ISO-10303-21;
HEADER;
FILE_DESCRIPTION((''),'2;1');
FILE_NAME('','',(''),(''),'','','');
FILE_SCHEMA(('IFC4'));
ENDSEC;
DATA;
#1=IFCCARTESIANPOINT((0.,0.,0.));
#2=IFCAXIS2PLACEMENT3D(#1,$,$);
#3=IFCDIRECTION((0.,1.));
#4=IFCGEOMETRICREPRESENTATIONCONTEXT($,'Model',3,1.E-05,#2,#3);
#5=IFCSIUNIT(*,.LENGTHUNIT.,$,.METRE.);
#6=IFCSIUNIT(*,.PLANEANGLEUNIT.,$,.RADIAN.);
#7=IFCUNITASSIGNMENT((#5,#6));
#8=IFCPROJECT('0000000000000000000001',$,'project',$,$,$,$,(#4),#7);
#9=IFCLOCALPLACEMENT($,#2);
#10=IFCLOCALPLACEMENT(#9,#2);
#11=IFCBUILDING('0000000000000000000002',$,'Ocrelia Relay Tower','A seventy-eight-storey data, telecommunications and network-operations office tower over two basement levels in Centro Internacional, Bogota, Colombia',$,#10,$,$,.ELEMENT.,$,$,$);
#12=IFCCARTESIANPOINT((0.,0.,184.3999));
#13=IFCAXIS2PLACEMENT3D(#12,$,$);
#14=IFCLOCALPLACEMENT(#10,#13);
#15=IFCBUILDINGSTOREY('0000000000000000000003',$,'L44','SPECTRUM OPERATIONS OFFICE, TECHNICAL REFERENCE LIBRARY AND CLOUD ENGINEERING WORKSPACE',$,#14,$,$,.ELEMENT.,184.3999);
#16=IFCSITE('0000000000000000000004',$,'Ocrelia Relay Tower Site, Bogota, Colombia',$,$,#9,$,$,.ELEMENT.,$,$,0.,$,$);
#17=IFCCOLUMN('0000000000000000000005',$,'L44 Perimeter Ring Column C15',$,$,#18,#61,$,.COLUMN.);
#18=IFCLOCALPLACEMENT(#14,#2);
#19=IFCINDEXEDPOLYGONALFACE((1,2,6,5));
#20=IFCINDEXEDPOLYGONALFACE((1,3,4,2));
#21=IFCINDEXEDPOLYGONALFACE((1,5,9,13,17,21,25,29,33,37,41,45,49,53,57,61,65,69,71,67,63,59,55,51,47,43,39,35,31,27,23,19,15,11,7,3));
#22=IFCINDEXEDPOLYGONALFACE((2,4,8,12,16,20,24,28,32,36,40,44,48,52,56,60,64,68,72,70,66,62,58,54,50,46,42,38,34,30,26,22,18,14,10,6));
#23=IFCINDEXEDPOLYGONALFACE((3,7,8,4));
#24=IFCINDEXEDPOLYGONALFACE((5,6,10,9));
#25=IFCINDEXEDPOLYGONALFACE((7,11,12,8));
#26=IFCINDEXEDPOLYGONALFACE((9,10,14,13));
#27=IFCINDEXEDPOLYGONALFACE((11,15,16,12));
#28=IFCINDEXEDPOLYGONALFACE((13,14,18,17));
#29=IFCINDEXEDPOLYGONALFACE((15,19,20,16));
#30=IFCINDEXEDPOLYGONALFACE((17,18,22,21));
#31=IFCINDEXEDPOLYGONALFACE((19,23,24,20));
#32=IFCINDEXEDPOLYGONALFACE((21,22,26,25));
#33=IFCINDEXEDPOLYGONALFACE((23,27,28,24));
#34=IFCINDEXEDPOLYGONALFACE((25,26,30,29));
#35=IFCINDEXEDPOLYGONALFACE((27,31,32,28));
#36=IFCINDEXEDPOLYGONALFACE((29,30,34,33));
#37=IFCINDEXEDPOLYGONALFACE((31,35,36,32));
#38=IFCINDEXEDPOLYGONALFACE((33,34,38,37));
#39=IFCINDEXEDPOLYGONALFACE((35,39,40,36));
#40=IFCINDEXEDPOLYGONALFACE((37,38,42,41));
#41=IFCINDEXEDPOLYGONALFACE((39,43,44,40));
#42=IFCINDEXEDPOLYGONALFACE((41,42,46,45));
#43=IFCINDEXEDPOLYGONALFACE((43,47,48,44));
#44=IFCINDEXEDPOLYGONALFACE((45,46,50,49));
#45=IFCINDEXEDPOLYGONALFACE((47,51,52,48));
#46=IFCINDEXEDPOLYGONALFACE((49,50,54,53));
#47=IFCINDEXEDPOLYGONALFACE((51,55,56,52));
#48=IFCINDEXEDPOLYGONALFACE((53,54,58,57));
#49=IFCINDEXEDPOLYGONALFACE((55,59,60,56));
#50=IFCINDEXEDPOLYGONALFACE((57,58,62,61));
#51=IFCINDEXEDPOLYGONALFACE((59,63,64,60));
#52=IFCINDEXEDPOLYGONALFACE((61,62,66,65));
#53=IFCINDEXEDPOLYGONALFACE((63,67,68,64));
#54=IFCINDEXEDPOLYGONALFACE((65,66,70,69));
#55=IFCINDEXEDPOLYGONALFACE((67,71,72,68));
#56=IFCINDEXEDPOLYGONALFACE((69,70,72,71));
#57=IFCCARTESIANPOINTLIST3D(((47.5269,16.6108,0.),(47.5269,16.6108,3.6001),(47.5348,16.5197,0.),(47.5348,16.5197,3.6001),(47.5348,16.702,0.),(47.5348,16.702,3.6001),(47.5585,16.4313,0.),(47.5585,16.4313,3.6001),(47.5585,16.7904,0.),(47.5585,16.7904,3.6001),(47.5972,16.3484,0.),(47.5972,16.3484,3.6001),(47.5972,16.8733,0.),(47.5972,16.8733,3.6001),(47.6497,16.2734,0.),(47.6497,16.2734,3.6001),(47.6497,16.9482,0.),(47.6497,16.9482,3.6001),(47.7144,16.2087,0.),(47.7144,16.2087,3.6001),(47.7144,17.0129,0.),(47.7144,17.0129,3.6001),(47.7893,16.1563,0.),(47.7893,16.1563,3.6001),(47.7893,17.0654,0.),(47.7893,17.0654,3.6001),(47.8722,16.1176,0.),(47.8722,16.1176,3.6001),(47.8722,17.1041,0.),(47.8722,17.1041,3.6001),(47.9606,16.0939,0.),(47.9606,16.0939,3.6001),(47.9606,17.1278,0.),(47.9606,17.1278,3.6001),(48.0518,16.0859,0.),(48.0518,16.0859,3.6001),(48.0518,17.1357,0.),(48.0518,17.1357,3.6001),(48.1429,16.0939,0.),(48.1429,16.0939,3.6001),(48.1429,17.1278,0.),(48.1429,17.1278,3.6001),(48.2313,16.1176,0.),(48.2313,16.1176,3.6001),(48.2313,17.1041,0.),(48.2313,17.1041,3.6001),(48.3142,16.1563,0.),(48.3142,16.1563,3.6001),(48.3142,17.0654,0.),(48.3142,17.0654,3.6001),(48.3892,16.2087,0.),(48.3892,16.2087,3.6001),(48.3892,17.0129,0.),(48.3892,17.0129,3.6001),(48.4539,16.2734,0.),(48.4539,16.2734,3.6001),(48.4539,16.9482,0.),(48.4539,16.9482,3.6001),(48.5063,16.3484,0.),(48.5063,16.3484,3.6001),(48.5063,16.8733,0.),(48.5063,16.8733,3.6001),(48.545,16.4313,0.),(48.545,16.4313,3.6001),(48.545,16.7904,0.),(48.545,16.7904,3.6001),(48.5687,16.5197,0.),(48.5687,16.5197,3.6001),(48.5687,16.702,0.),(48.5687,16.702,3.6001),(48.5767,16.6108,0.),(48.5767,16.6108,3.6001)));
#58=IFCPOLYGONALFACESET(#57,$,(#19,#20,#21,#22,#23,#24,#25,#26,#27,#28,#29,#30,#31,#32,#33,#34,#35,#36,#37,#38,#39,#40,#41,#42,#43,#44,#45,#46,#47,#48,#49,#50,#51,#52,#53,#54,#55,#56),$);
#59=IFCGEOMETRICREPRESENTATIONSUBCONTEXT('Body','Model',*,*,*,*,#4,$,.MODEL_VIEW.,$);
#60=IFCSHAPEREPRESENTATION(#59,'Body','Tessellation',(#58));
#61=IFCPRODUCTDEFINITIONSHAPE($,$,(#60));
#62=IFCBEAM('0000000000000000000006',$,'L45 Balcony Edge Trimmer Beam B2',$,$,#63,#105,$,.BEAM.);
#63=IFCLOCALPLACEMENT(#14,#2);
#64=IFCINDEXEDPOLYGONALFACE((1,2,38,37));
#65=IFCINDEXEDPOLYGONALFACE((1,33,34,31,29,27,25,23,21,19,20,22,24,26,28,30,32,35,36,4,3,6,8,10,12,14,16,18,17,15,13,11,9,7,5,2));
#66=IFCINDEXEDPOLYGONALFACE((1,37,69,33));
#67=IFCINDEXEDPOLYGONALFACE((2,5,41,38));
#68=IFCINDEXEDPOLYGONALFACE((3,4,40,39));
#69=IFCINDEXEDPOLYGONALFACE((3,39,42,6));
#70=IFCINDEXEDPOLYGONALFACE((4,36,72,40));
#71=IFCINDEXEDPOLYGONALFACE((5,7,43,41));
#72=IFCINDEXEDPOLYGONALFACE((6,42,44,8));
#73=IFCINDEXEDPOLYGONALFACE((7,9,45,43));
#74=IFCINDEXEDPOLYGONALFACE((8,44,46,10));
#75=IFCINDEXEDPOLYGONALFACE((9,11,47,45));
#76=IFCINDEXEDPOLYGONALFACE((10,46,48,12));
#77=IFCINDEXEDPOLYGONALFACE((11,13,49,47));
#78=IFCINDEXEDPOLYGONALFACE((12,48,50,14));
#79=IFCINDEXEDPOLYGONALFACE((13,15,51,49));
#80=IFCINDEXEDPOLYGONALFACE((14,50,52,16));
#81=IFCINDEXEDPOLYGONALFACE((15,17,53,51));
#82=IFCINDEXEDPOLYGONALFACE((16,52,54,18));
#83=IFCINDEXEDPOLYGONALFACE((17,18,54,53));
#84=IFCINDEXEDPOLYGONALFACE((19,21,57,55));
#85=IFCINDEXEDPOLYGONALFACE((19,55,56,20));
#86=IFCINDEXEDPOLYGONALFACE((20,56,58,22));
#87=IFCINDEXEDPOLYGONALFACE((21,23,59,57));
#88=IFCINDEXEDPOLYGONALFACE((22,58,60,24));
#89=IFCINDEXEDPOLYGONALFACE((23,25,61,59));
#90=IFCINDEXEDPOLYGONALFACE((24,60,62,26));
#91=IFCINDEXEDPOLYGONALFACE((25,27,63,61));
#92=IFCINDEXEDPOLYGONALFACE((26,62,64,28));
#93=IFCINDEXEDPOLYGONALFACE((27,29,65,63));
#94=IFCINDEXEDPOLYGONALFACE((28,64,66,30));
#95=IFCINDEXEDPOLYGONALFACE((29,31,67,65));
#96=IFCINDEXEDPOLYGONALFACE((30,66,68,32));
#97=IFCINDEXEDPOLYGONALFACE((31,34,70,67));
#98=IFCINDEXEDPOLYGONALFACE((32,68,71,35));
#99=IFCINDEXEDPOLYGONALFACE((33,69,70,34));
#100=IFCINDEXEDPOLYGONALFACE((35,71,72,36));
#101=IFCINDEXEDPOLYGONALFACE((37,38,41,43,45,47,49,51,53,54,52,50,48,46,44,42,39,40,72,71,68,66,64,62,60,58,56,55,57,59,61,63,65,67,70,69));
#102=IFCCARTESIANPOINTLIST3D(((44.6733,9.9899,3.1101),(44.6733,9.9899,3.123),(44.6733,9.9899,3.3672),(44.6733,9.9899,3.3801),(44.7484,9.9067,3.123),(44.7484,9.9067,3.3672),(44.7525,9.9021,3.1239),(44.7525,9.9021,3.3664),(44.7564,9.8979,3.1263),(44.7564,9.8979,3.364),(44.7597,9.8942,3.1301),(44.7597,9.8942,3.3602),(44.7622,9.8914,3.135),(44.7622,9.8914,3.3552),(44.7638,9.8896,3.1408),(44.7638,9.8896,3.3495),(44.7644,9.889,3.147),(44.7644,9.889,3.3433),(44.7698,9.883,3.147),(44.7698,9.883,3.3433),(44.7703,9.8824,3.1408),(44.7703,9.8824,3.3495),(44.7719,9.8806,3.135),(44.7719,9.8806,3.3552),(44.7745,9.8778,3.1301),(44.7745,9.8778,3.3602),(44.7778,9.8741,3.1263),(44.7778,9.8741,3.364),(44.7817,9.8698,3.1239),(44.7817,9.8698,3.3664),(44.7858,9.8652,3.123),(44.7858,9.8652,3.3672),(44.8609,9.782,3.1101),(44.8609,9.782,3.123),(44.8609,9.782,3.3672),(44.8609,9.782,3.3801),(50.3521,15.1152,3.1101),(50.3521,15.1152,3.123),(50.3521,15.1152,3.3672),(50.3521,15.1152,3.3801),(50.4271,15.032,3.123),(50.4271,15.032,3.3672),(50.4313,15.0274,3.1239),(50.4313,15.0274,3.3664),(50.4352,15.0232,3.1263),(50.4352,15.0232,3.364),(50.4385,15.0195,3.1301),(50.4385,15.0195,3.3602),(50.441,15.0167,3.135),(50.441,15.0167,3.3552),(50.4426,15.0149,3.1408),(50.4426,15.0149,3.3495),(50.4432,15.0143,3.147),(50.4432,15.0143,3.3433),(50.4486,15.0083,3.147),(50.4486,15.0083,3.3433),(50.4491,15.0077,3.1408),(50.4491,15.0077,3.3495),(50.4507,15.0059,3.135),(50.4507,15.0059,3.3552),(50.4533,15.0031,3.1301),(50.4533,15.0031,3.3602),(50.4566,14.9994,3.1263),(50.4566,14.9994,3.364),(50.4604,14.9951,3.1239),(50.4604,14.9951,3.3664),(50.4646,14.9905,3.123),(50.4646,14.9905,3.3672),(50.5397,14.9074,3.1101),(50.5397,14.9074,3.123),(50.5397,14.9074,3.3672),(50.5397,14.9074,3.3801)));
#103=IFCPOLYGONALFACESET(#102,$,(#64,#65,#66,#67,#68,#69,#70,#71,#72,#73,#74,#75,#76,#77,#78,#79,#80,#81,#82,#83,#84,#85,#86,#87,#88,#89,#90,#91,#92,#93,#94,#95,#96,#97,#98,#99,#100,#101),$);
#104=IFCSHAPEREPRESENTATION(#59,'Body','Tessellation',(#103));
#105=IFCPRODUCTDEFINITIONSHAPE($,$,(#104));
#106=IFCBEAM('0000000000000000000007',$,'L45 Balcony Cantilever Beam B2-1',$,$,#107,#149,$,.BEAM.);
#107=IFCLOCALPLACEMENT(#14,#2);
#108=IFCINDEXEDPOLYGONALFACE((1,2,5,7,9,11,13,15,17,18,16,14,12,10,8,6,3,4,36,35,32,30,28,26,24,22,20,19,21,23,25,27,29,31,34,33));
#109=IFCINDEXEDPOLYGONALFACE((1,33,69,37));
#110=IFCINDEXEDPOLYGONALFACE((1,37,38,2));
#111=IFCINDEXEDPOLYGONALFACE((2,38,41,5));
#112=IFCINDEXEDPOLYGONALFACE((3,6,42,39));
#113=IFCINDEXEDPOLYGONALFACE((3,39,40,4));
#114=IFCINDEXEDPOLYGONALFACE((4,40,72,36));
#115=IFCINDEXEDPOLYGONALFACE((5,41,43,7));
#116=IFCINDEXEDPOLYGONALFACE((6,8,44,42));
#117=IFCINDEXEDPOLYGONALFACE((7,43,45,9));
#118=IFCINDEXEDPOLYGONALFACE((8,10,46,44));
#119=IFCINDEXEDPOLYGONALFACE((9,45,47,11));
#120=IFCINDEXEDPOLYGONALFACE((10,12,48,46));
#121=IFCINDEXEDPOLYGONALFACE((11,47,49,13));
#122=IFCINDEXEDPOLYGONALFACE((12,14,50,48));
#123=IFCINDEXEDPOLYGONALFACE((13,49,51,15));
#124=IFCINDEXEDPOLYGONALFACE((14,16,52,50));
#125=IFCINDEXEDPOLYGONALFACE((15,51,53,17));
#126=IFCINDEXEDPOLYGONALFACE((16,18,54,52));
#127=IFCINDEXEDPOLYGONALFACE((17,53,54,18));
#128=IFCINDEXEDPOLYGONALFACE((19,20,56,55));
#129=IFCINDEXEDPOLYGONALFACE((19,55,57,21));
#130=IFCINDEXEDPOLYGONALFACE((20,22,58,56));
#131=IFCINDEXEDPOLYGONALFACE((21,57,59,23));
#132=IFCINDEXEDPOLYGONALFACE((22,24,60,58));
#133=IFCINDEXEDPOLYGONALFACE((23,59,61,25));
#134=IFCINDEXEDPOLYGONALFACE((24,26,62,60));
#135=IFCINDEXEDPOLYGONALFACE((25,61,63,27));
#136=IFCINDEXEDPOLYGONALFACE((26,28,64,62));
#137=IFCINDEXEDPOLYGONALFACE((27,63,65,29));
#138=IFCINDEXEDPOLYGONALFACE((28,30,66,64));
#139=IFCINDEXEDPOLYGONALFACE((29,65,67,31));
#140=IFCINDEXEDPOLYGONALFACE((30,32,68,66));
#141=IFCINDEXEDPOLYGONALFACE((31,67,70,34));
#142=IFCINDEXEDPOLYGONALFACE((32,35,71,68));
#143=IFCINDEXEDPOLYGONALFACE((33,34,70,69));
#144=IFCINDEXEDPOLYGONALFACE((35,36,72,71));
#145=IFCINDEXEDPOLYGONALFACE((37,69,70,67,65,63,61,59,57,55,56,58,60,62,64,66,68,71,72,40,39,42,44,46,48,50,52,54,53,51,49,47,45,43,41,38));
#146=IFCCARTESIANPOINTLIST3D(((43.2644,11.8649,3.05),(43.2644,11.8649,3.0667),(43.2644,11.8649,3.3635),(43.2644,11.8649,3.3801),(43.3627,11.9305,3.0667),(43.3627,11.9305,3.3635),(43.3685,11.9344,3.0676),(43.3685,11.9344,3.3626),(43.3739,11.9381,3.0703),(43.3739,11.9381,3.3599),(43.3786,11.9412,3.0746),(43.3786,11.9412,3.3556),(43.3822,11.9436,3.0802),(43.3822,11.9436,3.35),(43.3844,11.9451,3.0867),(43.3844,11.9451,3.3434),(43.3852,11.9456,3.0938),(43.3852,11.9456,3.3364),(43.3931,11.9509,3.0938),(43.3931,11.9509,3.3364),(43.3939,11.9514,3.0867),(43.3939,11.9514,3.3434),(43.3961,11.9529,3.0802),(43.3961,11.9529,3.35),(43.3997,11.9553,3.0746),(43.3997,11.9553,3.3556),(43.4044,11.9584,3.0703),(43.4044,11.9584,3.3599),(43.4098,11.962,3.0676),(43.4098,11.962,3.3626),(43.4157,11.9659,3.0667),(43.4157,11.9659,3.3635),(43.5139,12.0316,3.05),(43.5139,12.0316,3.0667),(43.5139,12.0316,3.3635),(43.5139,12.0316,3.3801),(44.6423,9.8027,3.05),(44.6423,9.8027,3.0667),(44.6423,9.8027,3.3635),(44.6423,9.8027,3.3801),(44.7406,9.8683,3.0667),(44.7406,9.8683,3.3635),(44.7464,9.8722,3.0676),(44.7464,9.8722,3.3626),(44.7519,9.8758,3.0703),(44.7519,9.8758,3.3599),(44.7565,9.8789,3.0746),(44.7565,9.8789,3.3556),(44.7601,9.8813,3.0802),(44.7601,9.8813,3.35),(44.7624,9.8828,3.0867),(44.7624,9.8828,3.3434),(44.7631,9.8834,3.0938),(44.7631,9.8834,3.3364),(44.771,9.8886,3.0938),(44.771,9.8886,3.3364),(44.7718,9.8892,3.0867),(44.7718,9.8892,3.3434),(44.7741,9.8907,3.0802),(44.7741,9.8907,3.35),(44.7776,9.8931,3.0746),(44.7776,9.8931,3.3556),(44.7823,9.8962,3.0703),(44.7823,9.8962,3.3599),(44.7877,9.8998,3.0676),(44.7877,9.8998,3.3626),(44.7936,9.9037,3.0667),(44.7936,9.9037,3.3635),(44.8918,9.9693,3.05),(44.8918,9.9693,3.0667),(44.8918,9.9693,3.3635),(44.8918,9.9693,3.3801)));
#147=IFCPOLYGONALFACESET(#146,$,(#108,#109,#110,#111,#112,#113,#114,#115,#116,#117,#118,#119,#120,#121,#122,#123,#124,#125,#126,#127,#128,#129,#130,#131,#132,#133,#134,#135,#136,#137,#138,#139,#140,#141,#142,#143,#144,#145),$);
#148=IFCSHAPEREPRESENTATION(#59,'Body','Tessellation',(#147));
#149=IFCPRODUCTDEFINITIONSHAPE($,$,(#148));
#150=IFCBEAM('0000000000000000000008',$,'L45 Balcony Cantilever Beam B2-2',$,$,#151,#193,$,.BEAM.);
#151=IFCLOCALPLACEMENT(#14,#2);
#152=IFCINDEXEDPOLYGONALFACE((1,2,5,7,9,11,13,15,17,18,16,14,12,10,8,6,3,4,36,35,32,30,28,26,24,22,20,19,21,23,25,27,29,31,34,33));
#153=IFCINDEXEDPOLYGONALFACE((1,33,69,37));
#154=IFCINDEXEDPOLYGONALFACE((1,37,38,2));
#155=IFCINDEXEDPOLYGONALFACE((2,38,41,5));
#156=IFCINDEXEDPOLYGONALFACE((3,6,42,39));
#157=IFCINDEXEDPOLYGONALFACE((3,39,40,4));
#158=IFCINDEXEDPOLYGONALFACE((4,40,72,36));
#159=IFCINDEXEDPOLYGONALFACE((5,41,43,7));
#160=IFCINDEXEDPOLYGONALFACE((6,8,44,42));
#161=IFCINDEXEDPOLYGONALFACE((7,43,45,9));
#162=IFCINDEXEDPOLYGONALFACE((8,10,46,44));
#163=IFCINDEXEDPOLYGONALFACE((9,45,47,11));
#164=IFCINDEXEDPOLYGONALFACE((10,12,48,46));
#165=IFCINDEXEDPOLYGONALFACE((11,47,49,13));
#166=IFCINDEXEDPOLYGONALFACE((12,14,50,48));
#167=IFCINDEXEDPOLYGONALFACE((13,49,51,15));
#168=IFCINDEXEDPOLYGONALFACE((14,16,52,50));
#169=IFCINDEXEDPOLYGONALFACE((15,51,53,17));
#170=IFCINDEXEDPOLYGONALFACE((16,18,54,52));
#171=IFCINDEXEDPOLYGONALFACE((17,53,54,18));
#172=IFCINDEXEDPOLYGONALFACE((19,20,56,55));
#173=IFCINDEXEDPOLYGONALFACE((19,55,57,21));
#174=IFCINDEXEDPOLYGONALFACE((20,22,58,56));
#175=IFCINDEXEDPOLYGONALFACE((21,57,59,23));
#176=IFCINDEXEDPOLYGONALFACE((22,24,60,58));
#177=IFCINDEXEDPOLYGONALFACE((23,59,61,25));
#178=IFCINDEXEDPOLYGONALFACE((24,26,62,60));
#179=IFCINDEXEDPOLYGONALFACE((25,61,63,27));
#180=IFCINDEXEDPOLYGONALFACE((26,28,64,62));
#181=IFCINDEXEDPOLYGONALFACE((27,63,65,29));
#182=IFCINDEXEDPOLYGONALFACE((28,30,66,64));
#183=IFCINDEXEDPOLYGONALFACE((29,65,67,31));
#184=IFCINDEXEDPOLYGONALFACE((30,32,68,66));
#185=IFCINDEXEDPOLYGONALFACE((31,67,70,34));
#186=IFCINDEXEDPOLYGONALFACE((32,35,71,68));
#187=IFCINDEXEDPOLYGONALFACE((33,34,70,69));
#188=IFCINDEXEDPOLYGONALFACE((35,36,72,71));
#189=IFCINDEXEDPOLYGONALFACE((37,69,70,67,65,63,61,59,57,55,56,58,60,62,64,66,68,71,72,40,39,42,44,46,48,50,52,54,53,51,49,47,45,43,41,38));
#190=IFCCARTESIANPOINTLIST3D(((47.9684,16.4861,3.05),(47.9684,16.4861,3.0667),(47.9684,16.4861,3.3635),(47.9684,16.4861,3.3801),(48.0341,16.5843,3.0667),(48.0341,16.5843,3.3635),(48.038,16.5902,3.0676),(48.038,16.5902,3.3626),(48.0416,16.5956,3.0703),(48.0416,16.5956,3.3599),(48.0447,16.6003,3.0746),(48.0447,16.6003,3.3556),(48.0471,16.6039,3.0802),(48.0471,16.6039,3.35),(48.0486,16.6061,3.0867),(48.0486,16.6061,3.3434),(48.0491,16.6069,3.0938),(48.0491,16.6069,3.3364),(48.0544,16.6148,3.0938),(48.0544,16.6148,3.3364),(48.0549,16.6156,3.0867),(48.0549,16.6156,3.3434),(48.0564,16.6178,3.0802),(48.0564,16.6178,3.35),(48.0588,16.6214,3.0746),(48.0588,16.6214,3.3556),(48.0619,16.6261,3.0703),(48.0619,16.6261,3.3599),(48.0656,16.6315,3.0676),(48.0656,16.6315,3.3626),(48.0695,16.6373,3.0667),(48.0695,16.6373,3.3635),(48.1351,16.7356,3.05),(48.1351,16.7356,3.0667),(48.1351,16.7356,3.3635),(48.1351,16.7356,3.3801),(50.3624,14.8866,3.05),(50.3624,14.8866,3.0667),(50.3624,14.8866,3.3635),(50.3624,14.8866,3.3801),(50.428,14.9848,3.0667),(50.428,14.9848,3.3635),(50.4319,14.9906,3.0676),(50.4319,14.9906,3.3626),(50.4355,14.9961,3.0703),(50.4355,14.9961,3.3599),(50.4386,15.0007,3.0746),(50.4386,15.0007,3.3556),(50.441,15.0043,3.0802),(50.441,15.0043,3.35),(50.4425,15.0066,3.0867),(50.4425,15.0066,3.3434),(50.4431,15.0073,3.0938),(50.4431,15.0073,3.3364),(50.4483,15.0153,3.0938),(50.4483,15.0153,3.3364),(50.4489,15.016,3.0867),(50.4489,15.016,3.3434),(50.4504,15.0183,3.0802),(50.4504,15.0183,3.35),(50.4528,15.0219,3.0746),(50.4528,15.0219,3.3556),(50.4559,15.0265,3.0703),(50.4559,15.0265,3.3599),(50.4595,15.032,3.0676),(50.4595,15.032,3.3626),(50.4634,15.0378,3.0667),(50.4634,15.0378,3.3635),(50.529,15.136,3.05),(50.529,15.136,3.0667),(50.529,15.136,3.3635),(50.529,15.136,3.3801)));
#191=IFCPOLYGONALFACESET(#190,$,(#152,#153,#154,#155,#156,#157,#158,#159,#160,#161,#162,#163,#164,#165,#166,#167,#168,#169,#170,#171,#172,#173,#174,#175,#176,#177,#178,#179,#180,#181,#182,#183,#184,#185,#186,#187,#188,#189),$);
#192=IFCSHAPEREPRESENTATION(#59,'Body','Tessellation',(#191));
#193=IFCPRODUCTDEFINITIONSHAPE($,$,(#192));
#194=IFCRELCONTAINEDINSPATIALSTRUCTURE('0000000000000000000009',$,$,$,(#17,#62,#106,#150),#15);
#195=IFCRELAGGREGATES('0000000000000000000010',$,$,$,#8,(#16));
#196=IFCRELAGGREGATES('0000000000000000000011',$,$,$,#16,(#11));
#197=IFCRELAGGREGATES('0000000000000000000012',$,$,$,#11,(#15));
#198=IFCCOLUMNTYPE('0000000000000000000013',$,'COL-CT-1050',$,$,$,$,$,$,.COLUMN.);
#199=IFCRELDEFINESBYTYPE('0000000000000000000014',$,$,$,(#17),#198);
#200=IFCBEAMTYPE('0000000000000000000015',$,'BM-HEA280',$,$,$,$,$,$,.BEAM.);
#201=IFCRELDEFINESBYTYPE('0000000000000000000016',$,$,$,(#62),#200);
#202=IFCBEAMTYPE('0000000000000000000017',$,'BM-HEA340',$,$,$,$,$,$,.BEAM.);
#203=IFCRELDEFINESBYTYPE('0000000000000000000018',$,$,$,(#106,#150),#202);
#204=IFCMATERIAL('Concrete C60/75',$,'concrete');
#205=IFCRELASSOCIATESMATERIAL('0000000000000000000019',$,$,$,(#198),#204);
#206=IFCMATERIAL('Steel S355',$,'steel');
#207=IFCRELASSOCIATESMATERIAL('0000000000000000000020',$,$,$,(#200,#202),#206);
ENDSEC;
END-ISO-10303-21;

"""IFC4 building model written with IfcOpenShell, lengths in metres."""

from ifc_helpers import new_model, si_unit, direction, frame, origin, origin_2d, place, context, subcontext, project, spatial, circle, i_section, extrude, material, material_profile, profile_set, type_object, element, save


model = new_model("IFC4")

# Units and contexts
model_context = context("Model", 3, precision=1e-05, world=origin(), true_north=direction((0.0, 1.0)))
body_context = subcontext(model_context, "Body", "Model", "MODEL_VIEW")
ifc_project = project(units=[si_unit("LENGTHUNIT", "METRE"), si_unit("PLANEANGLEUNIT", "RADIAN")], contexts=[model_context])

# Site, building, storey
site_placement = place(None, origin())
site = spatial("IfcSite", under=ifc_project, at=site_placement, Name="Ocrelia Relay Tower Site, Bogota, Colombia", CompositionType="ELEMENT", RefElevation=0.0)
building_placement = place(site_placement, origin())
building = spatial("IfcBuilding", under=site, at=building_placement, Name="Ocrelia Relay Tower", Description="A seventy-eight-storey data, telecommunications and network-operations office tower over two basement levels in Centro Internacional, Bogota, Colombia", CompositionType="ELEMENT")
storey_placement = place(building_placement, frame((0.0, 0.0, 184.3999)))
storey = spatial("IfcBuildingStorey", under=building, at=storey_placement, Name="L44", Description="SPECTRUM OPERATIONS OFFICE, TECHNICAL REFERENCE LIBRARY AND CLOUD ENGINEERING WORKSPACE", CompositionType="ELEMENT", Elevation=184.3999)

# Column
ifc_material_1 = material(Name="Concrete C60/75", Category="concrete")
ifc_material_profile_1 = material_profile(ifc_material_1, circle(Radius=0.5249, at=origin_2d()), Name="RC-CIR-1050")
ifc_profile_set_1 = profile_set([ifc_material_profile_1], Name="Concrete C60/75")
column_type = type_object("IfcColumnType", Name="COL-CT-1050", PredefinedType="COLUMN", material=ifc_profile_set_1)
column_placement = place(storey_placement, frame((48.0518, 16.6108, 0.0), z_axis=(0.0, 0.0, 1.0), x_axis=(1.0, 0.0, 0.0)))
element("IfcColumn", 1, at=column_placement, inside=storey, type_object=column_type, Name="L44 Perimeter Ring Column C15", PredefinedType="COLUMN", context=body_context, shape_type="SweptSolid", body=[
    extrude(circle(Radius=0.5249, at=origin_2d()), origin(), (0.0, 0.0, 1.0), 3.6001),
])

# Beams
ifc_material_2 = material(Name="Steel S355", Category="steel")
ifc_material_profile_2 = material_profile(ifc_material_2, i_section(OverallWidth=0.28, OverallDepth=0.27, WebThickness=0.0081, FlangeThickness=0.0129, FilletRadius=0.0239, at=origin_2d()), Name="HEA 280")
ifc_profile_set_2 = profile_set([ifc_material_profile_2], Name="Steel S355")
beam_type_1 = type_object("IfcBeamType", Name="BM-HEA280", PredefinedType="BEAM", material=ifc_profile_set_2)
beam_1_placement = place(storey_placement, frame((44.7671, 9.886, 3.2451), z_axis=(0.742357, 0.670004, 0.0), x_axis=(-0.670004, 0.742357, 0.0)))
element("IfcBeam", 2, at=beam_1_placement, inside=storey, type_object=beam_type_1, Name="L45 Balcony Edge Trimmer Beam B2", PredefinedType="BEAM", context=body_context, shape_type="SweptSolid", body=[
    extrude(i_section(OverallWidth=0.28, OverallDepth=0.27, WebThickness=0.0081, FlangeThickness=0.0129, FilletRadius=0.0239, at=origin_2d()), origin(), (0.0, 0.0, 1.0), 7.6497),
])
ifc_material_profile_3 = material_profile(ifc_material_2, i_section(OverallWidth=0.3, OverallDepth=0.3301, WebThickness=0.0095, FlangeThickness=0.0166, FilletRadius=0.0271, at=origin_2d()), Name="HEA 340")
ifc_profile_set_3 = profile_set([ifc_material_profile_3], Name="Steel S355")
beam_type_2 = type_object("IfcBeamType", Name="BM-HEA340", PredefinedType="BEAM", material=ifc_profile_set_3)
beam_2_placement = place(storey_placement, frame((43.3892, 11.9482, 3.2151), z_axis=(0.555563, -0.831474, 0.0), x_axis=(0.831474, 0.555563, 0.0)))
element("IfcBeam", 3, at=beam_2_placement, inside=storey, type_object=beam_type_2, Name="L45 Balcony Cantilever Beam B2-1", PredefinedType="BEAM", context=body_context, shape_type="SweptSolid", body=[
    extrude(i_section(OverallWidth=0.3, OverallDepth=0.3301, WebThickness=0.0095, FlangeThickness=0.0166, FilletRadius=0.0271, at=origin_2d()), origin(), (0.0, 0.0, 1.0), 2.4802),
])
beam_3_placement = place(storey_placement, frame((48.0518, 16.6108, 3.2151), z_axis=(0.831476, -0.555561, 0.0), x_axis=(0.555561, 0.831476, 0.0)))
element("IfcBeam", 4, at=beam_3_placement, inside=storey, type_object=beam_type_2, Name="L45 Balcony Cantilever Beam B2-2", PredefinedType="BEAM", context=body_context, shape_type="SweptSolid", body=[
    extrude(i_section(OverallWidth=0.3, OverallDepth=0.3301, WebThickness=0.0095, FlangeThickness=0.0166, FilletRadius=0.0271, at=origin_2d()), origin(), (0.0, 0.0, 1.0), 2.8792),
])

save(model, "model.ifc")
